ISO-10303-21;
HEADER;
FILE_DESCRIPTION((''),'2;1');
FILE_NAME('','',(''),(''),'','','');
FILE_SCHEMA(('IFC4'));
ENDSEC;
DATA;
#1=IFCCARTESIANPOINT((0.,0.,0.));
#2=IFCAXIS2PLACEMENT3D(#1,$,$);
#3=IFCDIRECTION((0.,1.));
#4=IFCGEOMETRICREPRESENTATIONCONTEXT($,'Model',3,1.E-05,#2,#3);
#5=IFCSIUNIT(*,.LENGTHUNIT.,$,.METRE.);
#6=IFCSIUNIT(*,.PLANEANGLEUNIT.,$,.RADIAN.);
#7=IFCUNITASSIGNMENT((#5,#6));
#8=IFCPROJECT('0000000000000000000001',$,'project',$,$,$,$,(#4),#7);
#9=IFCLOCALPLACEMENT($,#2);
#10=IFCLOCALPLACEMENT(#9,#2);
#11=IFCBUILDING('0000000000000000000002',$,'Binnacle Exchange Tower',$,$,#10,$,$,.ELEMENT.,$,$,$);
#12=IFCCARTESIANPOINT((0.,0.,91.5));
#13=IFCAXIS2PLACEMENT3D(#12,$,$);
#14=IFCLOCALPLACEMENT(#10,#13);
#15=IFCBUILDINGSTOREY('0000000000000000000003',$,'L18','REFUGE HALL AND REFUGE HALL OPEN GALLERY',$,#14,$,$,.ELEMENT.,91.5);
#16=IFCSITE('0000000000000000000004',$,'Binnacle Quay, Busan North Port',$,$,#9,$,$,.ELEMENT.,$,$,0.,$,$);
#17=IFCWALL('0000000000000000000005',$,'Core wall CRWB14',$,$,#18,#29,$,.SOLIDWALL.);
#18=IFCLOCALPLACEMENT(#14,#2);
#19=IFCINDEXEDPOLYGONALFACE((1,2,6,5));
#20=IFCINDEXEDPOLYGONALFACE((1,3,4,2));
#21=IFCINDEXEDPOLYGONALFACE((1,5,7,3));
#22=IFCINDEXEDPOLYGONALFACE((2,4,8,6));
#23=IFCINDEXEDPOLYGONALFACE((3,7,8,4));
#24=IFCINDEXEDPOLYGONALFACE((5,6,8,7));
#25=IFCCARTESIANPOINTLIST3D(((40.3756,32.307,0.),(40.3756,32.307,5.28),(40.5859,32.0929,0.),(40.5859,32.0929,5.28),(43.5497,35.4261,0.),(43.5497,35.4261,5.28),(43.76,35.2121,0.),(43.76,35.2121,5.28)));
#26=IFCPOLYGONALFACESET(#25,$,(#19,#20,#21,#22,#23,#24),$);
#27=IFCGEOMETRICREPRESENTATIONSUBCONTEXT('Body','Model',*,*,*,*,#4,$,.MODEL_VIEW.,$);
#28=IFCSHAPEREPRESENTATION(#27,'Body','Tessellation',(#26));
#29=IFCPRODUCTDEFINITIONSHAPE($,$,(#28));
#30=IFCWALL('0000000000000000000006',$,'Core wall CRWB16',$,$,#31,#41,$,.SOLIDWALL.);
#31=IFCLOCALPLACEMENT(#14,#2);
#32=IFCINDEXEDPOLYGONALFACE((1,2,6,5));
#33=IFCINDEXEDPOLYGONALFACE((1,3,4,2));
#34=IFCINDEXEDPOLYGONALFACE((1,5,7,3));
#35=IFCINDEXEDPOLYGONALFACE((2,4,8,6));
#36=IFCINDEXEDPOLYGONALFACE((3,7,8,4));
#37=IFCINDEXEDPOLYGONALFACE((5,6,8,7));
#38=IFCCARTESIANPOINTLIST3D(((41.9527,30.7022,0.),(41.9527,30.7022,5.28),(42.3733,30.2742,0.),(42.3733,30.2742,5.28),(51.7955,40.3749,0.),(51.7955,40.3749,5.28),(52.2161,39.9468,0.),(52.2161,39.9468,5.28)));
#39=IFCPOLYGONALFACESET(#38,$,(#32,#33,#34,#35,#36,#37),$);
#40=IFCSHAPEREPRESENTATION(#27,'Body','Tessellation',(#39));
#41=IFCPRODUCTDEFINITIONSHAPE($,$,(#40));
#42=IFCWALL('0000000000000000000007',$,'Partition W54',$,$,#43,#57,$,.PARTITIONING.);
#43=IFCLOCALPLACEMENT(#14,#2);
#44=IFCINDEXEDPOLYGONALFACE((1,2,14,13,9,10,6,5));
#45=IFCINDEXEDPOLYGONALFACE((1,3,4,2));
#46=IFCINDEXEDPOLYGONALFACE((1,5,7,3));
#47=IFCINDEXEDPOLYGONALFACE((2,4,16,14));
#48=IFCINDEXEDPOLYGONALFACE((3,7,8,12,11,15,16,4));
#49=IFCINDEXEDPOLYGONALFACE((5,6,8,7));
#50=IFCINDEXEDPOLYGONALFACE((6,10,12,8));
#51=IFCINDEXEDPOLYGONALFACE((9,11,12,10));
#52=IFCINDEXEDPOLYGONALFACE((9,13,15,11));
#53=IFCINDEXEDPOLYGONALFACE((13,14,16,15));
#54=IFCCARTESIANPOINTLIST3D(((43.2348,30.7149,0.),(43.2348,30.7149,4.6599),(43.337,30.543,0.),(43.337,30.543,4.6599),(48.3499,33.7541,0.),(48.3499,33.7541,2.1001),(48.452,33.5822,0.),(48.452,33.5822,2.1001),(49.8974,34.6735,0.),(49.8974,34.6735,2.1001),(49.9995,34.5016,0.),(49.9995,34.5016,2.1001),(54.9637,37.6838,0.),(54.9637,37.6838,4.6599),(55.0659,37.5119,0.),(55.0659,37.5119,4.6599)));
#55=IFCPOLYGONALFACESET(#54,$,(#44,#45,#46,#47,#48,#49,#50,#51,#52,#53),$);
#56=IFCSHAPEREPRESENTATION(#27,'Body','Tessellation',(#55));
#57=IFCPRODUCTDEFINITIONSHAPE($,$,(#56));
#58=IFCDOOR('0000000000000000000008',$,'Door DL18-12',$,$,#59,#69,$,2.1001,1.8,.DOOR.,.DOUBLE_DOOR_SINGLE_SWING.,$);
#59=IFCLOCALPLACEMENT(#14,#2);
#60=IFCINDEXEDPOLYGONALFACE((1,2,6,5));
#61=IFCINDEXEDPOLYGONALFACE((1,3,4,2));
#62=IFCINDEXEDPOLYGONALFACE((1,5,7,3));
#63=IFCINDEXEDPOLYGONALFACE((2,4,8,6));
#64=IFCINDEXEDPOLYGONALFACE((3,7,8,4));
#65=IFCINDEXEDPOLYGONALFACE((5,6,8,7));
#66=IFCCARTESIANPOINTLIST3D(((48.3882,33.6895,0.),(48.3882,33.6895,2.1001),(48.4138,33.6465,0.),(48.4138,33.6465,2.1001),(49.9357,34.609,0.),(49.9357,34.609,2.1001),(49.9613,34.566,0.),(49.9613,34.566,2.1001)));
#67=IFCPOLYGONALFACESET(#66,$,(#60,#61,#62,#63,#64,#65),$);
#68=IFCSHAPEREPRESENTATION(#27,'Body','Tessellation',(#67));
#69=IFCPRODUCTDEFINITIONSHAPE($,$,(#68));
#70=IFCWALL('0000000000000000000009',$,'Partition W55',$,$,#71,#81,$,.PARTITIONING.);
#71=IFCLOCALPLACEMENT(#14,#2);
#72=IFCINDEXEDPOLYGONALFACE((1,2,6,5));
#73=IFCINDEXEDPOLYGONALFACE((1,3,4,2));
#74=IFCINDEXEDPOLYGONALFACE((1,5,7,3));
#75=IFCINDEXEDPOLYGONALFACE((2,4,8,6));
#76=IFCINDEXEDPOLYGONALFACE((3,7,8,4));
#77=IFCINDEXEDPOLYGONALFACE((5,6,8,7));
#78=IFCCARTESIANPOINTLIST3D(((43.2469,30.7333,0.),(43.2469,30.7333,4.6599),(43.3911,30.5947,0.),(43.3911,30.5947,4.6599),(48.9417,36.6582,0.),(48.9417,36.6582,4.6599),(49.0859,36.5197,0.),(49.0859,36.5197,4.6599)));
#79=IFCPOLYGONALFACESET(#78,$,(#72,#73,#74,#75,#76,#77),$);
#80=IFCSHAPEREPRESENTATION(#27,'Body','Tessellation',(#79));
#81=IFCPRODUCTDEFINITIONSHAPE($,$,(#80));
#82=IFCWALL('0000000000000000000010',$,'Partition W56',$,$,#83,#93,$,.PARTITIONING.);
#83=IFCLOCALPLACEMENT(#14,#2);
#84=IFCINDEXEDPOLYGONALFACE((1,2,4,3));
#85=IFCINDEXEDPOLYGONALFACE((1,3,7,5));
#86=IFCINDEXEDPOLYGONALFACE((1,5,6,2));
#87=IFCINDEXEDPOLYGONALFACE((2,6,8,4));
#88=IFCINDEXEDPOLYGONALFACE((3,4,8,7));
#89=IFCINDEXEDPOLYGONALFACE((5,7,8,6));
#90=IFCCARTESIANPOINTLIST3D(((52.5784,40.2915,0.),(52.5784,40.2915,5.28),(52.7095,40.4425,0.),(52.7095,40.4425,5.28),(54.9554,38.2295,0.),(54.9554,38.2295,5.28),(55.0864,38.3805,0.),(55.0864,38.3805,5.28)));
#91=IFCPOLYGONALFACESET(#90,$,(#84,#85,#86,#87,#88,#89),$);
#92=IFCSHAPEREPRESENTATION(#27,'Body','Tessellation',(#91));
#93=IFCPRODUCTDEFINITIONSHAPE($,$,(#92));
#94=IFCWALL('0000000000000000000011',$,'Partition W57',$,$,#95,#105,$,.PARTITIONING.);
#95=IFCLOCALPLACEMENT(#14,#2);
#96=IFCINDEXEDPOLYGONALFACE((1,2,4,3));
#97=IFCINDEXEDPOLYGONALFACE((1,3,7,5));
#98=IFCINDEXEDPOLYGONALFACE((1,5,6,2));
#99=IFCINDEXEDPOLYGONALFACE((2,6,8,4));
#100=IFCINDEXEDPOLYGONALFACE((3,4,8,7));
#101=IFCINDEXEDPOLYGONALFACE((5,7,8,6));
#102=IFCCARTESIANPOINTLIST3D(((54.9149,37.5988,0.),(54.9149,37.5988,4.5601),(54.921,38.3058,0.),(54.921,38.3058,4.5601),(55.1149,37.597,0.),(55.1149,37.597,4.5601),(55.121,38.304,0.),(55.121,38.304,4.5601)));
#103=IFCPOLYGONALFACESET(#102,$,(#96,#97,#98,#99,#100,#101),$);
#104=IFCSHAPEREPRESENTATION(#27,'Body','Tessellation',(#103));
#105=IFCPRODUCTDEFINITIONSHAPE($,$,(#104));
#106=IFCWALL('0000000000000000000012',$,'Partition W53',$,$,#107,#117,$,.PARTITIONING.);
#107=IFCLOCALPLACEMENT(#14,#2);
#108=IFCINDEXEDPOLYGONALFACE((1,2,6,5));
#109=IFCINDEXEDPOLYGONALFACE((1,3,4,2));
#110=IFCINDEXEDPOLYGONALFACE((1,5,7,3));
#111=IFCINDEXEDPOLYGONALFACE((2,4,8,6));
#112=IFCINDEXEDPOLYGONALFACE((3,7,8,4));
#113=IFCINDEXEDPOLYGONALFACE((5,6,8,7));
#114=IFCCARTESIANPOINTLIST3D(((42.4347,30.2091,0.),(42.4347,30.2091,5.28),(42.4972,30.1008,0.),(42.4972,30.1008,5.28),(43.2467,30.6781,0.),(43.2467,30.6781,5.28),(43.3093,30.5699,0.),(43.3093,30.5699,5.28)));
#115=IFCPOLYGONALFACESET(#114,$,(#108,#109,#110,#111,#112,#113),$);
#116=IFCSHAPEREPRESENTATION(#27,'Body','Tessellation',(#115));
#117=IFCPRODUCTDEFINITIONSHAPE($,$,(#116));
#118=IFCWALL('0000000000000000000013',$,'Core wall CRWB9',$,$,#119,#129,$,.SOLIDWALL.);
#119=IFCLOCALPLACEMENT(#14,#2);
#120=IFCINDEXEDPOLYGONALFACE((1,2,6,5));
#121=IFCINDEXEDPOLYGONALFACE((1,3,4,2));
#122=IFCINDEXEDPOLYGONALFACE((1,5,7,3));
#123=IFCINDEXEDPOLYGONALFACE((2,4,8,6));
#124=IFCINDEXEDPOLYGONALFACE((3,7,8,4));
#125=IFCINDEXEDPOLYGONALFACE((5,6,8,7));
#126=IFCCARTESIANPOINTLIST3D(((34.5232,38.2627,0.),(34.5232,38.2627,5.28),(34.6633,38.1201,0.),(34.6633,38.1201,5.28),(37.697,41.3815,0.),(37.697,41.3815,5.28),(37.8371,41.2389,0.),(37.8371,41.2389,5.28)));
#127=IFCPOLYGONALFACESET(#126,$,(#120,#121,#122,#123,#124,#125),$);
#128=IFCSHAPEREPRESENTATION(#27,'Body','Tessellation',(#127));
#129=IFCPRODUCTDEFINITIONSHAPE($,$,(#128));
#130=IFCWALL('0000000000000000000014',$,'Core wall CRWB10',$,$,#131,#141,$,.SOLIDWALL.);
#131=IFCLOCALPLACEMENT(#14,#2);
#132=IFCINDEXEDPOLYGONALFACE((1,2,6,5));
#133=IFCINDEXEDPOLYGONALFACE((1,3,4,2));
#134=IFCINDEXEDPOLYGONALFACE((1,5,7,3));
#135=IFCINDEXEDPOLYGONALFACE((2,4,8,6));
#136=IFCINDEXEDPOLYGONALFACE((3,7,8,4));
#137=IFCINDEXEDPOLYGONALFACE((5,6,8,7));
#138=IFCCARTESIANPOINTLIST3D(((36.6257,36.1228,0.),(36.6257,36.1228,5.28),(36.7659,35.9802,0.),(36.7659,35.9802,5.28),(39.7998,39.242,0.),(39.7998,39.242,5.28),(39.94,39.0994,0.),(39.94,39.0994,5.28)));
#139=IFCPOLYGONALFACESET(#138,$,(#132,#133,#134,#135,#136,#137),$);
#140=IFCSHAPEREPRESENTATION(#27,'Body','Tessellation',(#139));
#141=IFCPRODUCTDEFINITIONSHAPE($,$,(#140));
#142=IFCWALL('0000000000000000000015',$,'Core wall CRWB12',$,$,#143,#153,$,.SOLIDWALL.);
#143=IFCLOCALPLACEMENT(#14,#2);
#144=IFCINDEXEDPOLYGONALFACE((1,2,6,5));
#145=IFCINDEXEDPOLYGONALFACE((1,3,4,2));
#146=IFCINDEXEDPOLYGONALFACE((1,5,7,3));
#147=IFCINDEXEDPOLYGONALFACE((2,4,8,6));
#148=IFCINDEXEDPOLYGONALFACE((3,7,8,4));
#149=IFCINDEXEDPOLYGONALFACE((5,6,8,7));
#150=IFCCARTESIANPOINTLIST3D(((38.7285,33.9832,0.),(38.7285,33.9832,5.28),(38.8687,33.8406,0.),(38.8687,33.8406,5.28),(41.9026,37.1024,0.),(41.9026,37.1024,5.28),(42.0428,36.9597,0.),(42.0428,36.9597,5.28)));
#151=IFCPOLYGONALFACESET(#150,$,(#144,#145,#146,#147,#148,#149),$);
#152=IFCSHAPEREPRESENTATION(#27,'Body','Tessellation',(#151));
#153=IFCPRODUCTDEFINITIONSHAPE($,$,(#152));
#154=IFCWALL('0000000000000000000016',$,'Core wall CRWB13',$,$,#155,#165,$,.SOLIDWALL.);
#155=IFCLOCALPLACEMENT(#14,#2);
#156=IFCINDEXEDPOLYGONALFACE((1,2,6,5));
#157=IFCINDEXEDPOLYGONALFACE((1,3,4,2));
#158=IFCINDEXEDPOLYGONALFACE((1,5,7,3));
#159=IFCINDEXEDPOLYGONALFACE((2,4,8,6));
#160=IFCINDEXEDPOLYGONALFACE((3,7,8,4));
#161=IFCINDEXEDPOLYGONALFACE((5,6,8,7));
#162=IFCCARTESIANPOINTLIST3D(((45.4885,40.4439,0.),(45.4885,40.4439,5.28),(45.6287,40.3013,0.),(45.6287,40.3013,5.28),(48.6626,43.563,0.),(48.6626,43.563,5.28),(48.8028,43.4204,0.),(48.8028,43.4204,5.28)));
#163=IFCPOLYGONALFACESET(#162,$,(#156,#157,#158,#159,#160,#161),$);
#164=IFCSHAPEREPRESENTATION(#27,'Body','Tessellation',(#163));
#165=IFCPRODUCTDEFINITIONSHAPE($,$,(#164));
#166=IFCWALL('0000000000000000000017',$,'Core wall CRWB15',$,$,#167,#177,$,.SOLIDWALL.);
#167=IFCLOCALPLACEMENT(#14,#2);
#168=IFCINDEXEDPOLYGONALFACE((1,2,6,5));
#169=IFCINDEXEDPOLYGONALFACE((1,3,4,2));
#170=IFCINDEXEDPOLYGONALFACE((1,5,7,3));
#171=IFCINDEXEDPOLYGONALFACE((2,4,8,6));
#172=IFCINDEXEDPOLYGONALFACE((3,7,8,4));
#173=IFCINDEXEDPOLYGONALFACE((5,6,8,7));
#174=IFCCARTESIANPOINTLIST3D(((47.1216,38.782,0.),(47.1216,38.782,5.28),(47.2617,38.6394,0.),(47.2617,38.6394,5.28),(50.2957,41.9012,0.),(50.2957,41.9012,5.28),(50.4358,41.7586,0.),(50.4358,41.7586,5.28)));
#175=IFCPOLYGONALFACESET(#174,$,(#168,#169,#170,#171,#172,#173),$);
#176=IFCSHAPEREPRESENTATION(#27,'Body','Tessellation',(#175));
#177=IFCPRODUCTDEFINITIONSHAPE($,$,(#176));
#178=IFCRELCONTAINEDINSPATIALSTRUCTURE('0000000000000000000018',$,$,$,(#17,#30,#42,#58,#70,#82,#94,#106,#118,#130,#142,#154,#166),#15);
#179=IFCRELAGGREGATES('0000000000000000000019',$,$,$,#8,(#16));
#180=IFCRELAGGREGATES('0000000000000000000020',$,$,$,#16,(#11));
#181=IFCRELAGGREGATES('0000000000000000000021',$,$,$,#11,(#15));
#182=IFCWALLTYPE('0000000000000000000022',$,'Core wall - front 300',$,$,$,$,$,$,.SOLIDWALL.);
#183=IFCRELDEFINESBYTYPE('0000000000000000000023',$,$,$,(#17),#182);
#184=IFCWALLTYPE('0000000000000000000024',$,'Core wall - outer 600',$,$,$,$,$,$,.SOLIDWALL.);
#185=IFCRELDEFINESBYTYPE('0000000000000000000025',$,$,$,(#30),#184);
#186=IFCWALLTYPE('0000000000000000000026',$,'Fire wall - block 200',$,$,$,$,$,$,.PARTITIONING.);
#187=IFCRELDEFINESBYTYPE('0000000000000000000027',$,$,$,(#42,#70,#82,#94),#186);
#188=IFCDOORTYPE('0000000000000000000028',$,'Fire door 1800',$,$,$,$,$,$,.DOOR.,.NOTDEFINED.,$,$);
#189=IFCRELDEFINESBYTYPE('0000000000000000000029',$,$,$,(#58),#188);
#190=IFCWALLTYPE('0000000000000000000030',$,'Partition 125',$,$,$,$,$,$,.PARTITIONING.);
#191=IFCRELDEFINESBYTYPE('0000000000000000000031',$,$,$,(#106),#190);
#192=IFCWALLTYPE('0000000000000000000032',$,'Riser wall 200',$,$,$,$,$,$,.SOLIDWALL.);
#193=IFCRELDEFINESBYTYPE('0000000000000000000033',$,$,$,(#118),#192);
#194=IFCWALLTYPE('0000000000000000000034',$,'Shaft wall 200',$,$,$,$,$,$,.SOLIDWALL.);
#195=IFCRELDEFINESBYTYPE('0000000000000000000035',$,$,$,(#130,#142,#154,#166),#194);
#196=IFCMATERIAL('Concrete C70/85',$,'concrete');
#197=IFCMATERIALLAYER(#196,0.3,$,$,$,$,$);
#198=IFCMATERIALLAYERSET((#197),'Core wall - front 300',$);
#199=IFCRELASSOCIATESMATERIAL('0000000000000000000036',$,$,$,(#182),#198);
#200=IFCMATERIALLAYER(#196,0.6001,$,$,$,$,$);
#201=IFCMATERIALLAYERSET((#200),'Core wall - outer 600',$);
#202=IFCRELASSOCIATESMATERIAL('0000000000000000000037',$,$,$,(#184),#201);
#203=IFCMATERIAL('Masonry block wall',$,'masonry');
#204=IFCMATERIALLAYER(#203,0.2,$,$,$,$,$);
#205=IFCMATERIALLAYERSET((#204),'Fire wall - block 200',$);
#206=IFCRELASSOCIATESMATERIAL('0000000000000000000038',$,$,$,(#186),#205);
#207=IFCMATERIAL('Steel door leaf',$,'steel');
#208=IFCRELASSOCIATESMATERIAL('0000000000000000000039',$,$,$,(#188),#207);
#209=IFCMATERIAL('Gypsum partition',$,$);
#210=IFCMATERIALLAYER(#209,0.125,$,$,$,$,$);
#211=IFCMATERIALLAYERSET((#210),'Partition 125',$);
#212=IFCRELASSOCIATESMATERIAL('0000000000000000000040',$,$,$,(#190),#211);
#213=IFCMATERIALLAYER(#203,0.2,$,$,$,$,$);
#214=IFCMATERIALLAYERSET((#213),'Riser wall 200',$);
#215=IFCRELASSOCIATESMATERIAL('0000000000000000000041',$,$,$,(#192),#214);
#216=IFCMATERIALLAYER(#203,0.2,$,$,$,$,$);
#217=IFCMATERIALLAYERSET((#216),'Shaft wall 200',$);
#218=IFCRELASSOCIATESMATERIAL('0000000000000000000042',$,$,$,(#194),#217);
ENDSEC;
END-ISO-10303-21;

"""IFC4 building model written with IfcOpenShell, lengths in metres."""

from ifc_helpers import new_model, si_unit, direction, frame, frame_2d, origin, place, context, subcontext, project, spatial, rectangle, extrude, material, layer, layer_set, type_object, element, fill, save


model = new_model("IFC4")

# Units and contexts
model_context = context("Model", 3, precision=1e-05, world=origin(), true_north=direction((0.0, 1.0)))
body_context = subcontext(model_context, "Body", "Model", "MODEL_VIEW")
ifc_project = project(units=[si_unit("LENGTHUNIT", "METRE"), si_unit("PLANEANGLEUNIT", "RADIAN")], contexts=[model_context])

# Site, building, storey
site_placement = place(None, origin())
site = spatial("IfcSite", under=ifc_project, at=site_placement, Name="Binnacle Quay, Busan North Port", CompositionType="ELEMENT", RefElevation=0.0)
building_placement = place(site_placement, origin())
building = spatial("IfcBuilding", under=site, at=building_placement, Name="Binnacle Exchange Tower", CompositionType="ELEMENT")
storey_placement = place(building_placement, frame((0.0, 0.0, 91.5)))
storey = spatial("IfcBuildingStorey", under=building, at=storey_placement, Name="L18", Description="REFUGE HALL AND REFUGE HALL OPEN GALLERY", CompositionType="ELEMENT", Elevation=91.5)

# Shared definitions
ifc_material_1 = material(Name="Concrete C70/85", Category="concrete")

# Walls
ifc_layer_1 = layer(ifc_material_1, 0.3)
ifc_layer_set_1 = layer_set([ifc_layer_1], Name="Core wall - front 300")
wall_type_1 = type_object("IfcWallType", Name="Core wall - front 300", PredefinedType="SOLIDWALL", material=ifc_layer_set_1)
wall_1_placement = place(storey_placement, frame((40.4807, 32.2, 0.0), z_axis=(0.0, 0.0, 1.0), x_axis=(0.713252, 0.700908, 0.0)))
element("IfcWall", 1, at=wall_1_placement, inside=storey, type_object=wall_type_1, Name="Core wall CRWB14", PredefinedType="SOLIDWALL", context=body_context, shape_type="SweptSolid", body=[
    extrude(rectangle(XDim=4.4502, YDim=0.3, at=frame_2d((2.2251, 0.0))), origin(), (0.0, 0.0, 1.0), 5.28),
])
ifc_layer_2 = layer(ifc_material_1, 0.6001)
ifc_layer_set_2 = layer_set([ifc_layer_2], Name="Core wall - outer 600")
wall_type_2 = type_object("IfcWallType", Name="Core wall - outer 600", PredefinedType="SOLIDWALL", material=ifc_layer_set_2)
wall_2_placement = place(storey_placement, frame((42.1631, 30.4883, 0.0), z_axis=(0.0, 0.0, 1.0), x_axis=(0.713245, 0.700914, 0.0)))
element("IfcWall", 2, at=wall_2_placement, inside=storey, type_object=wall_type_2, Name="Core wall CRWB16", PredefinedType="SOLIDWALL", context=body_context, shape_type="SweptSolid", body=[
    extrude(rectangle(XDim=13.8, YDim=0.6001, at=frame_2d((6.8999, 0.0))), origin(), (0.0, 0.0, 1.0), 5.28),
])

# Wall, opening, door
ifc_material_2 = material(Name="Masonry block wall", Category="masonry")
ifc_layer_3 = layer(ifc_material_2, 0.2)
ifc_layer_set_3 = layer_set([ifc_layer_3], Name="Fire wall - block 200")
wall_type_3 = type_object("IfcWallType", Name="Fire wall - block 200", PredefinedType="PARTITIONING", material=ifc_layer_set_3)
wall_3_placement = place(storey_placement, frame((43.2859, 30.6289, 0.0), z_axis=(0.0, 0.0, 1.0), x_axis=(0.859697, 0.510804, 0.0)))
wall_3 = element("IfcWall", 3, at=wall_3_placement, inside=storey, type_object=wall_type_3, Name="Partition W54", PredefinedType="PARTITIONING", context=body_context, shape_type="SweptSolid", body=[
    extrude(rectangle(XDim=13.6431, YDim=0.2, at=frame_2d((6.8215, 0.0))), origin(), (0.0, 0.0, 1.0), 4.6599),
])
opening_placement = place(wall_3_placement, frame((5.95, 0.0, 0.0)))
opening = element("IfcOpeningElement", 4, at=opening_placement, cuts=wall_3, PredefinedType="OPENING", context=body_context, shape_type="SweptSolid", body=[
    extrude(rectangle(XDim=1.8, YDim=2.1001, at=frame_2d((0.8999, 1.05))), frame((0.0, 0.1099, 0.0), z_axis=(0.0, -1.0, 0.0), x_axis=(1.0, 0.0, 0.0)), (0.0, 0.0, 1.0), 0.22),
])
ifc_material_3 = material(Name="Steel door leaf", Category="steel")
door_type = type_object("IfcDoorType", Name="Fire door 1800", OperationType="NOTDEFINED", PredefinedType="DOOR", material=ifc_material_3)
door_placement = place(opening_placement, origin())
door = element("IfcDoor", 5, at=door_placement, inside=storey, type_object=door_type, Name="Door DL18-12", OperationType="DOUBLE_DOOR_SINGLE_SWING", OverallHeight=2.1001, OverallWidth=1.8, PredefinedType="DOOR", context=body_context, shape_type="SweptSolid", body=[
    extrude(rectangle(XDim=1.8, YDim=2.1001, at=frame_2d((0.8999, 1.05))), frame((0.0, 0.0249, 0.0), z_axis=(0.0, -1.0, 0.0), x_axis=(1.0, 0.0, 0.0)), (0.0, 0.0, 1.0), 0.05),
])
fill(opening, door)

# Walls
wall_4_placement = place(storey_placement, frame((43.3191, 30.6641, 0.0), z_axis=(0.0, 0.0, 1.0), x_axis=(0.692961, 0.720975, 0.0)))
element("IfcWall", 6, at=wall_4_placement, inside=storey, type_object=wall_type_3, Name="Partition W55", PredefinedType="PARTITIONING", context=body_context, shape_type="SweptSolid", body=[
    extrude(rectangle(XDim=8.218, YDim=0.2, at=frame_2d((4.1089, 0.0))), origin(), (0.0, 0.0, 1.0), 4.6599),
])
wall_5_placement = place(storey_placement, frame((52.644, 40.3669, 0.0), z_axis=(0.0, 0.0, 1.0), x_axis=(0.755377, -0.655291, 0.0)))
element("IfcWall", 7, at=wall_5_placement, inside=storey, type_object=wall_type_3, Name="Partition W56", PredefinedType="PARTITIONING", context=body_context, shape_type="SweptSolid", body=[
    extrude(rectangle(XDim=3.1467, YDim=0.2, at=frame_2d((1.5732, 0.0))), origin(), (0.0, 0.0, 1.0), 5.28),
])
wall_6_placement = place(storey_placement, frame((55.0149, 37.5979, 0.0), z_axis=(0.0, 0.0, 1.0), x_axis=(0.008632, 0.999963, 0.0)))
element("IfcWall", 8, at=wall_6_placement, inside=storey, type_object=wall_type_3, Name="Partition W57", PredefinedType="PARTITIONING", context=body_context, shape_type="SweptSolid", body=[
    extrude(rectangle(XDim=0.707, YDim=0.2, at=frame_2d((0.3535, 0.0))), origin(), (0.0, 0.0, 1.0), 4.5601),
])
ifc_material_4 = material(Name="Gypsum partition")
ifc_layer_4 = layer(ifc_material_4, 0.125)
ifc_layer_set_4 = layer_set([ifc_layer_4], Name="Partition 125")
wall_type_4 = type_object("IfcWallType", Name="Partition 125", PredefinedType="PARTITIONING", material=ifc_layer_set_4)
wall_7_placement = place(storey_placement, frame((42.4661, 30.155, 0.0), z_axis=(0.0, 0.0, 1.0), x_axis=(0.865943, 0.500143, 0.0)))
element("IfcWall", 9, at=wall_7_placement, inside=storey, type_object=wall_type_4, Name="Partition W53", PredefinedType="PARTITIONING", context=body_context, shape_type="SweptSolid", body=[
    extrude(rectangle(XDim=0.9377, YDim=0.125, at=frame_2d((0.4688, 0.0))), origin(), (0.0, 0.0, 1.0), 5.28),
])
ifc_layer_5 = layer(ifc_material_2, 0.2)
ifc_layer_set_5 = layer_set([ifc_layer_5], Name="Riser wall 200")
wall_type_5 = type_object("IfcWallType", Name="Riser wall 200", PredefinedType="SOLIDWALL", material=ifc_layer_set_5)
wall_8_placement = place(storey_placement, frame((34.5933, 38.1914, 0.0), z_axis=(0.0, 0.0, 1.0), x_axis=(0.713252, 0.700907, 0.0)))
element("IfcWall", 10, at=wall_8_placement, inside=storey, type_object=wall_type_5, Name="Core wall CRWB9", PredefinedType="SOLIDWALL", context=body_context, shape_type="SweptSolid", body=[
    extrude(rectangle(XDim=4.4497, YDim=0.2, at=frame_2d((2.2249, 0.0))), origin(), (0.0, 0.0, 1.0), 5.28),
])
ifc_layer_6 = layer(ifc_material_2, 0.2)
ifc_layer_set_6 = layer_set([ifc_layer_6], Name="Shaft wall 200")
wall_type_6 = type_object("IfcWallType", Name="Shaft wall 200", PredefinedType="SOLIDWALL", material=ifc_layer_set_6)
for number, where, z_axis, x_axis, name in (
    (11, (36.6958, 36.0515, 0.0), (0.0, 0.0, 1.0), (0.713252, 0.700908, 0.0), "Core wall CRWB10"),
    (12, (38.7986, 33.9119, 0.0), (0.0, 0.0, 1.0), (0.713252, 0.700908, 0.0), "Core wall CRWB12"),
    (13, (45.5586, 40.3726, 0.0), (0.0, 0.0, 1.0), (0.713252, 0.700908, 0.0), "Core wall CRWB13"),
    (14, (47.1917, 38.7107, 0.0), (0.0, 0.0, 1.0), (0.713252, 0.700908, 0.0), "Core wall CRWB15"),
):
    element("IfcWall", number, at=place(storey_placement, frame(where, z_axis=z_axis, x_axis=x_axis)), inside=storey, type_object=wall_type_6, Name=name, PredefinedType="SOLIDWALL", context=body_context, shape_type="SweptSolid", body=[
        extrude(rectangle(XDim=4.4502, YDim=0.2, at=frame_2d((2.2251, 0.0))), origin(), (0.0, 0.0, 1.0), 5.28),
    ])

save(model, "model.ifc")
